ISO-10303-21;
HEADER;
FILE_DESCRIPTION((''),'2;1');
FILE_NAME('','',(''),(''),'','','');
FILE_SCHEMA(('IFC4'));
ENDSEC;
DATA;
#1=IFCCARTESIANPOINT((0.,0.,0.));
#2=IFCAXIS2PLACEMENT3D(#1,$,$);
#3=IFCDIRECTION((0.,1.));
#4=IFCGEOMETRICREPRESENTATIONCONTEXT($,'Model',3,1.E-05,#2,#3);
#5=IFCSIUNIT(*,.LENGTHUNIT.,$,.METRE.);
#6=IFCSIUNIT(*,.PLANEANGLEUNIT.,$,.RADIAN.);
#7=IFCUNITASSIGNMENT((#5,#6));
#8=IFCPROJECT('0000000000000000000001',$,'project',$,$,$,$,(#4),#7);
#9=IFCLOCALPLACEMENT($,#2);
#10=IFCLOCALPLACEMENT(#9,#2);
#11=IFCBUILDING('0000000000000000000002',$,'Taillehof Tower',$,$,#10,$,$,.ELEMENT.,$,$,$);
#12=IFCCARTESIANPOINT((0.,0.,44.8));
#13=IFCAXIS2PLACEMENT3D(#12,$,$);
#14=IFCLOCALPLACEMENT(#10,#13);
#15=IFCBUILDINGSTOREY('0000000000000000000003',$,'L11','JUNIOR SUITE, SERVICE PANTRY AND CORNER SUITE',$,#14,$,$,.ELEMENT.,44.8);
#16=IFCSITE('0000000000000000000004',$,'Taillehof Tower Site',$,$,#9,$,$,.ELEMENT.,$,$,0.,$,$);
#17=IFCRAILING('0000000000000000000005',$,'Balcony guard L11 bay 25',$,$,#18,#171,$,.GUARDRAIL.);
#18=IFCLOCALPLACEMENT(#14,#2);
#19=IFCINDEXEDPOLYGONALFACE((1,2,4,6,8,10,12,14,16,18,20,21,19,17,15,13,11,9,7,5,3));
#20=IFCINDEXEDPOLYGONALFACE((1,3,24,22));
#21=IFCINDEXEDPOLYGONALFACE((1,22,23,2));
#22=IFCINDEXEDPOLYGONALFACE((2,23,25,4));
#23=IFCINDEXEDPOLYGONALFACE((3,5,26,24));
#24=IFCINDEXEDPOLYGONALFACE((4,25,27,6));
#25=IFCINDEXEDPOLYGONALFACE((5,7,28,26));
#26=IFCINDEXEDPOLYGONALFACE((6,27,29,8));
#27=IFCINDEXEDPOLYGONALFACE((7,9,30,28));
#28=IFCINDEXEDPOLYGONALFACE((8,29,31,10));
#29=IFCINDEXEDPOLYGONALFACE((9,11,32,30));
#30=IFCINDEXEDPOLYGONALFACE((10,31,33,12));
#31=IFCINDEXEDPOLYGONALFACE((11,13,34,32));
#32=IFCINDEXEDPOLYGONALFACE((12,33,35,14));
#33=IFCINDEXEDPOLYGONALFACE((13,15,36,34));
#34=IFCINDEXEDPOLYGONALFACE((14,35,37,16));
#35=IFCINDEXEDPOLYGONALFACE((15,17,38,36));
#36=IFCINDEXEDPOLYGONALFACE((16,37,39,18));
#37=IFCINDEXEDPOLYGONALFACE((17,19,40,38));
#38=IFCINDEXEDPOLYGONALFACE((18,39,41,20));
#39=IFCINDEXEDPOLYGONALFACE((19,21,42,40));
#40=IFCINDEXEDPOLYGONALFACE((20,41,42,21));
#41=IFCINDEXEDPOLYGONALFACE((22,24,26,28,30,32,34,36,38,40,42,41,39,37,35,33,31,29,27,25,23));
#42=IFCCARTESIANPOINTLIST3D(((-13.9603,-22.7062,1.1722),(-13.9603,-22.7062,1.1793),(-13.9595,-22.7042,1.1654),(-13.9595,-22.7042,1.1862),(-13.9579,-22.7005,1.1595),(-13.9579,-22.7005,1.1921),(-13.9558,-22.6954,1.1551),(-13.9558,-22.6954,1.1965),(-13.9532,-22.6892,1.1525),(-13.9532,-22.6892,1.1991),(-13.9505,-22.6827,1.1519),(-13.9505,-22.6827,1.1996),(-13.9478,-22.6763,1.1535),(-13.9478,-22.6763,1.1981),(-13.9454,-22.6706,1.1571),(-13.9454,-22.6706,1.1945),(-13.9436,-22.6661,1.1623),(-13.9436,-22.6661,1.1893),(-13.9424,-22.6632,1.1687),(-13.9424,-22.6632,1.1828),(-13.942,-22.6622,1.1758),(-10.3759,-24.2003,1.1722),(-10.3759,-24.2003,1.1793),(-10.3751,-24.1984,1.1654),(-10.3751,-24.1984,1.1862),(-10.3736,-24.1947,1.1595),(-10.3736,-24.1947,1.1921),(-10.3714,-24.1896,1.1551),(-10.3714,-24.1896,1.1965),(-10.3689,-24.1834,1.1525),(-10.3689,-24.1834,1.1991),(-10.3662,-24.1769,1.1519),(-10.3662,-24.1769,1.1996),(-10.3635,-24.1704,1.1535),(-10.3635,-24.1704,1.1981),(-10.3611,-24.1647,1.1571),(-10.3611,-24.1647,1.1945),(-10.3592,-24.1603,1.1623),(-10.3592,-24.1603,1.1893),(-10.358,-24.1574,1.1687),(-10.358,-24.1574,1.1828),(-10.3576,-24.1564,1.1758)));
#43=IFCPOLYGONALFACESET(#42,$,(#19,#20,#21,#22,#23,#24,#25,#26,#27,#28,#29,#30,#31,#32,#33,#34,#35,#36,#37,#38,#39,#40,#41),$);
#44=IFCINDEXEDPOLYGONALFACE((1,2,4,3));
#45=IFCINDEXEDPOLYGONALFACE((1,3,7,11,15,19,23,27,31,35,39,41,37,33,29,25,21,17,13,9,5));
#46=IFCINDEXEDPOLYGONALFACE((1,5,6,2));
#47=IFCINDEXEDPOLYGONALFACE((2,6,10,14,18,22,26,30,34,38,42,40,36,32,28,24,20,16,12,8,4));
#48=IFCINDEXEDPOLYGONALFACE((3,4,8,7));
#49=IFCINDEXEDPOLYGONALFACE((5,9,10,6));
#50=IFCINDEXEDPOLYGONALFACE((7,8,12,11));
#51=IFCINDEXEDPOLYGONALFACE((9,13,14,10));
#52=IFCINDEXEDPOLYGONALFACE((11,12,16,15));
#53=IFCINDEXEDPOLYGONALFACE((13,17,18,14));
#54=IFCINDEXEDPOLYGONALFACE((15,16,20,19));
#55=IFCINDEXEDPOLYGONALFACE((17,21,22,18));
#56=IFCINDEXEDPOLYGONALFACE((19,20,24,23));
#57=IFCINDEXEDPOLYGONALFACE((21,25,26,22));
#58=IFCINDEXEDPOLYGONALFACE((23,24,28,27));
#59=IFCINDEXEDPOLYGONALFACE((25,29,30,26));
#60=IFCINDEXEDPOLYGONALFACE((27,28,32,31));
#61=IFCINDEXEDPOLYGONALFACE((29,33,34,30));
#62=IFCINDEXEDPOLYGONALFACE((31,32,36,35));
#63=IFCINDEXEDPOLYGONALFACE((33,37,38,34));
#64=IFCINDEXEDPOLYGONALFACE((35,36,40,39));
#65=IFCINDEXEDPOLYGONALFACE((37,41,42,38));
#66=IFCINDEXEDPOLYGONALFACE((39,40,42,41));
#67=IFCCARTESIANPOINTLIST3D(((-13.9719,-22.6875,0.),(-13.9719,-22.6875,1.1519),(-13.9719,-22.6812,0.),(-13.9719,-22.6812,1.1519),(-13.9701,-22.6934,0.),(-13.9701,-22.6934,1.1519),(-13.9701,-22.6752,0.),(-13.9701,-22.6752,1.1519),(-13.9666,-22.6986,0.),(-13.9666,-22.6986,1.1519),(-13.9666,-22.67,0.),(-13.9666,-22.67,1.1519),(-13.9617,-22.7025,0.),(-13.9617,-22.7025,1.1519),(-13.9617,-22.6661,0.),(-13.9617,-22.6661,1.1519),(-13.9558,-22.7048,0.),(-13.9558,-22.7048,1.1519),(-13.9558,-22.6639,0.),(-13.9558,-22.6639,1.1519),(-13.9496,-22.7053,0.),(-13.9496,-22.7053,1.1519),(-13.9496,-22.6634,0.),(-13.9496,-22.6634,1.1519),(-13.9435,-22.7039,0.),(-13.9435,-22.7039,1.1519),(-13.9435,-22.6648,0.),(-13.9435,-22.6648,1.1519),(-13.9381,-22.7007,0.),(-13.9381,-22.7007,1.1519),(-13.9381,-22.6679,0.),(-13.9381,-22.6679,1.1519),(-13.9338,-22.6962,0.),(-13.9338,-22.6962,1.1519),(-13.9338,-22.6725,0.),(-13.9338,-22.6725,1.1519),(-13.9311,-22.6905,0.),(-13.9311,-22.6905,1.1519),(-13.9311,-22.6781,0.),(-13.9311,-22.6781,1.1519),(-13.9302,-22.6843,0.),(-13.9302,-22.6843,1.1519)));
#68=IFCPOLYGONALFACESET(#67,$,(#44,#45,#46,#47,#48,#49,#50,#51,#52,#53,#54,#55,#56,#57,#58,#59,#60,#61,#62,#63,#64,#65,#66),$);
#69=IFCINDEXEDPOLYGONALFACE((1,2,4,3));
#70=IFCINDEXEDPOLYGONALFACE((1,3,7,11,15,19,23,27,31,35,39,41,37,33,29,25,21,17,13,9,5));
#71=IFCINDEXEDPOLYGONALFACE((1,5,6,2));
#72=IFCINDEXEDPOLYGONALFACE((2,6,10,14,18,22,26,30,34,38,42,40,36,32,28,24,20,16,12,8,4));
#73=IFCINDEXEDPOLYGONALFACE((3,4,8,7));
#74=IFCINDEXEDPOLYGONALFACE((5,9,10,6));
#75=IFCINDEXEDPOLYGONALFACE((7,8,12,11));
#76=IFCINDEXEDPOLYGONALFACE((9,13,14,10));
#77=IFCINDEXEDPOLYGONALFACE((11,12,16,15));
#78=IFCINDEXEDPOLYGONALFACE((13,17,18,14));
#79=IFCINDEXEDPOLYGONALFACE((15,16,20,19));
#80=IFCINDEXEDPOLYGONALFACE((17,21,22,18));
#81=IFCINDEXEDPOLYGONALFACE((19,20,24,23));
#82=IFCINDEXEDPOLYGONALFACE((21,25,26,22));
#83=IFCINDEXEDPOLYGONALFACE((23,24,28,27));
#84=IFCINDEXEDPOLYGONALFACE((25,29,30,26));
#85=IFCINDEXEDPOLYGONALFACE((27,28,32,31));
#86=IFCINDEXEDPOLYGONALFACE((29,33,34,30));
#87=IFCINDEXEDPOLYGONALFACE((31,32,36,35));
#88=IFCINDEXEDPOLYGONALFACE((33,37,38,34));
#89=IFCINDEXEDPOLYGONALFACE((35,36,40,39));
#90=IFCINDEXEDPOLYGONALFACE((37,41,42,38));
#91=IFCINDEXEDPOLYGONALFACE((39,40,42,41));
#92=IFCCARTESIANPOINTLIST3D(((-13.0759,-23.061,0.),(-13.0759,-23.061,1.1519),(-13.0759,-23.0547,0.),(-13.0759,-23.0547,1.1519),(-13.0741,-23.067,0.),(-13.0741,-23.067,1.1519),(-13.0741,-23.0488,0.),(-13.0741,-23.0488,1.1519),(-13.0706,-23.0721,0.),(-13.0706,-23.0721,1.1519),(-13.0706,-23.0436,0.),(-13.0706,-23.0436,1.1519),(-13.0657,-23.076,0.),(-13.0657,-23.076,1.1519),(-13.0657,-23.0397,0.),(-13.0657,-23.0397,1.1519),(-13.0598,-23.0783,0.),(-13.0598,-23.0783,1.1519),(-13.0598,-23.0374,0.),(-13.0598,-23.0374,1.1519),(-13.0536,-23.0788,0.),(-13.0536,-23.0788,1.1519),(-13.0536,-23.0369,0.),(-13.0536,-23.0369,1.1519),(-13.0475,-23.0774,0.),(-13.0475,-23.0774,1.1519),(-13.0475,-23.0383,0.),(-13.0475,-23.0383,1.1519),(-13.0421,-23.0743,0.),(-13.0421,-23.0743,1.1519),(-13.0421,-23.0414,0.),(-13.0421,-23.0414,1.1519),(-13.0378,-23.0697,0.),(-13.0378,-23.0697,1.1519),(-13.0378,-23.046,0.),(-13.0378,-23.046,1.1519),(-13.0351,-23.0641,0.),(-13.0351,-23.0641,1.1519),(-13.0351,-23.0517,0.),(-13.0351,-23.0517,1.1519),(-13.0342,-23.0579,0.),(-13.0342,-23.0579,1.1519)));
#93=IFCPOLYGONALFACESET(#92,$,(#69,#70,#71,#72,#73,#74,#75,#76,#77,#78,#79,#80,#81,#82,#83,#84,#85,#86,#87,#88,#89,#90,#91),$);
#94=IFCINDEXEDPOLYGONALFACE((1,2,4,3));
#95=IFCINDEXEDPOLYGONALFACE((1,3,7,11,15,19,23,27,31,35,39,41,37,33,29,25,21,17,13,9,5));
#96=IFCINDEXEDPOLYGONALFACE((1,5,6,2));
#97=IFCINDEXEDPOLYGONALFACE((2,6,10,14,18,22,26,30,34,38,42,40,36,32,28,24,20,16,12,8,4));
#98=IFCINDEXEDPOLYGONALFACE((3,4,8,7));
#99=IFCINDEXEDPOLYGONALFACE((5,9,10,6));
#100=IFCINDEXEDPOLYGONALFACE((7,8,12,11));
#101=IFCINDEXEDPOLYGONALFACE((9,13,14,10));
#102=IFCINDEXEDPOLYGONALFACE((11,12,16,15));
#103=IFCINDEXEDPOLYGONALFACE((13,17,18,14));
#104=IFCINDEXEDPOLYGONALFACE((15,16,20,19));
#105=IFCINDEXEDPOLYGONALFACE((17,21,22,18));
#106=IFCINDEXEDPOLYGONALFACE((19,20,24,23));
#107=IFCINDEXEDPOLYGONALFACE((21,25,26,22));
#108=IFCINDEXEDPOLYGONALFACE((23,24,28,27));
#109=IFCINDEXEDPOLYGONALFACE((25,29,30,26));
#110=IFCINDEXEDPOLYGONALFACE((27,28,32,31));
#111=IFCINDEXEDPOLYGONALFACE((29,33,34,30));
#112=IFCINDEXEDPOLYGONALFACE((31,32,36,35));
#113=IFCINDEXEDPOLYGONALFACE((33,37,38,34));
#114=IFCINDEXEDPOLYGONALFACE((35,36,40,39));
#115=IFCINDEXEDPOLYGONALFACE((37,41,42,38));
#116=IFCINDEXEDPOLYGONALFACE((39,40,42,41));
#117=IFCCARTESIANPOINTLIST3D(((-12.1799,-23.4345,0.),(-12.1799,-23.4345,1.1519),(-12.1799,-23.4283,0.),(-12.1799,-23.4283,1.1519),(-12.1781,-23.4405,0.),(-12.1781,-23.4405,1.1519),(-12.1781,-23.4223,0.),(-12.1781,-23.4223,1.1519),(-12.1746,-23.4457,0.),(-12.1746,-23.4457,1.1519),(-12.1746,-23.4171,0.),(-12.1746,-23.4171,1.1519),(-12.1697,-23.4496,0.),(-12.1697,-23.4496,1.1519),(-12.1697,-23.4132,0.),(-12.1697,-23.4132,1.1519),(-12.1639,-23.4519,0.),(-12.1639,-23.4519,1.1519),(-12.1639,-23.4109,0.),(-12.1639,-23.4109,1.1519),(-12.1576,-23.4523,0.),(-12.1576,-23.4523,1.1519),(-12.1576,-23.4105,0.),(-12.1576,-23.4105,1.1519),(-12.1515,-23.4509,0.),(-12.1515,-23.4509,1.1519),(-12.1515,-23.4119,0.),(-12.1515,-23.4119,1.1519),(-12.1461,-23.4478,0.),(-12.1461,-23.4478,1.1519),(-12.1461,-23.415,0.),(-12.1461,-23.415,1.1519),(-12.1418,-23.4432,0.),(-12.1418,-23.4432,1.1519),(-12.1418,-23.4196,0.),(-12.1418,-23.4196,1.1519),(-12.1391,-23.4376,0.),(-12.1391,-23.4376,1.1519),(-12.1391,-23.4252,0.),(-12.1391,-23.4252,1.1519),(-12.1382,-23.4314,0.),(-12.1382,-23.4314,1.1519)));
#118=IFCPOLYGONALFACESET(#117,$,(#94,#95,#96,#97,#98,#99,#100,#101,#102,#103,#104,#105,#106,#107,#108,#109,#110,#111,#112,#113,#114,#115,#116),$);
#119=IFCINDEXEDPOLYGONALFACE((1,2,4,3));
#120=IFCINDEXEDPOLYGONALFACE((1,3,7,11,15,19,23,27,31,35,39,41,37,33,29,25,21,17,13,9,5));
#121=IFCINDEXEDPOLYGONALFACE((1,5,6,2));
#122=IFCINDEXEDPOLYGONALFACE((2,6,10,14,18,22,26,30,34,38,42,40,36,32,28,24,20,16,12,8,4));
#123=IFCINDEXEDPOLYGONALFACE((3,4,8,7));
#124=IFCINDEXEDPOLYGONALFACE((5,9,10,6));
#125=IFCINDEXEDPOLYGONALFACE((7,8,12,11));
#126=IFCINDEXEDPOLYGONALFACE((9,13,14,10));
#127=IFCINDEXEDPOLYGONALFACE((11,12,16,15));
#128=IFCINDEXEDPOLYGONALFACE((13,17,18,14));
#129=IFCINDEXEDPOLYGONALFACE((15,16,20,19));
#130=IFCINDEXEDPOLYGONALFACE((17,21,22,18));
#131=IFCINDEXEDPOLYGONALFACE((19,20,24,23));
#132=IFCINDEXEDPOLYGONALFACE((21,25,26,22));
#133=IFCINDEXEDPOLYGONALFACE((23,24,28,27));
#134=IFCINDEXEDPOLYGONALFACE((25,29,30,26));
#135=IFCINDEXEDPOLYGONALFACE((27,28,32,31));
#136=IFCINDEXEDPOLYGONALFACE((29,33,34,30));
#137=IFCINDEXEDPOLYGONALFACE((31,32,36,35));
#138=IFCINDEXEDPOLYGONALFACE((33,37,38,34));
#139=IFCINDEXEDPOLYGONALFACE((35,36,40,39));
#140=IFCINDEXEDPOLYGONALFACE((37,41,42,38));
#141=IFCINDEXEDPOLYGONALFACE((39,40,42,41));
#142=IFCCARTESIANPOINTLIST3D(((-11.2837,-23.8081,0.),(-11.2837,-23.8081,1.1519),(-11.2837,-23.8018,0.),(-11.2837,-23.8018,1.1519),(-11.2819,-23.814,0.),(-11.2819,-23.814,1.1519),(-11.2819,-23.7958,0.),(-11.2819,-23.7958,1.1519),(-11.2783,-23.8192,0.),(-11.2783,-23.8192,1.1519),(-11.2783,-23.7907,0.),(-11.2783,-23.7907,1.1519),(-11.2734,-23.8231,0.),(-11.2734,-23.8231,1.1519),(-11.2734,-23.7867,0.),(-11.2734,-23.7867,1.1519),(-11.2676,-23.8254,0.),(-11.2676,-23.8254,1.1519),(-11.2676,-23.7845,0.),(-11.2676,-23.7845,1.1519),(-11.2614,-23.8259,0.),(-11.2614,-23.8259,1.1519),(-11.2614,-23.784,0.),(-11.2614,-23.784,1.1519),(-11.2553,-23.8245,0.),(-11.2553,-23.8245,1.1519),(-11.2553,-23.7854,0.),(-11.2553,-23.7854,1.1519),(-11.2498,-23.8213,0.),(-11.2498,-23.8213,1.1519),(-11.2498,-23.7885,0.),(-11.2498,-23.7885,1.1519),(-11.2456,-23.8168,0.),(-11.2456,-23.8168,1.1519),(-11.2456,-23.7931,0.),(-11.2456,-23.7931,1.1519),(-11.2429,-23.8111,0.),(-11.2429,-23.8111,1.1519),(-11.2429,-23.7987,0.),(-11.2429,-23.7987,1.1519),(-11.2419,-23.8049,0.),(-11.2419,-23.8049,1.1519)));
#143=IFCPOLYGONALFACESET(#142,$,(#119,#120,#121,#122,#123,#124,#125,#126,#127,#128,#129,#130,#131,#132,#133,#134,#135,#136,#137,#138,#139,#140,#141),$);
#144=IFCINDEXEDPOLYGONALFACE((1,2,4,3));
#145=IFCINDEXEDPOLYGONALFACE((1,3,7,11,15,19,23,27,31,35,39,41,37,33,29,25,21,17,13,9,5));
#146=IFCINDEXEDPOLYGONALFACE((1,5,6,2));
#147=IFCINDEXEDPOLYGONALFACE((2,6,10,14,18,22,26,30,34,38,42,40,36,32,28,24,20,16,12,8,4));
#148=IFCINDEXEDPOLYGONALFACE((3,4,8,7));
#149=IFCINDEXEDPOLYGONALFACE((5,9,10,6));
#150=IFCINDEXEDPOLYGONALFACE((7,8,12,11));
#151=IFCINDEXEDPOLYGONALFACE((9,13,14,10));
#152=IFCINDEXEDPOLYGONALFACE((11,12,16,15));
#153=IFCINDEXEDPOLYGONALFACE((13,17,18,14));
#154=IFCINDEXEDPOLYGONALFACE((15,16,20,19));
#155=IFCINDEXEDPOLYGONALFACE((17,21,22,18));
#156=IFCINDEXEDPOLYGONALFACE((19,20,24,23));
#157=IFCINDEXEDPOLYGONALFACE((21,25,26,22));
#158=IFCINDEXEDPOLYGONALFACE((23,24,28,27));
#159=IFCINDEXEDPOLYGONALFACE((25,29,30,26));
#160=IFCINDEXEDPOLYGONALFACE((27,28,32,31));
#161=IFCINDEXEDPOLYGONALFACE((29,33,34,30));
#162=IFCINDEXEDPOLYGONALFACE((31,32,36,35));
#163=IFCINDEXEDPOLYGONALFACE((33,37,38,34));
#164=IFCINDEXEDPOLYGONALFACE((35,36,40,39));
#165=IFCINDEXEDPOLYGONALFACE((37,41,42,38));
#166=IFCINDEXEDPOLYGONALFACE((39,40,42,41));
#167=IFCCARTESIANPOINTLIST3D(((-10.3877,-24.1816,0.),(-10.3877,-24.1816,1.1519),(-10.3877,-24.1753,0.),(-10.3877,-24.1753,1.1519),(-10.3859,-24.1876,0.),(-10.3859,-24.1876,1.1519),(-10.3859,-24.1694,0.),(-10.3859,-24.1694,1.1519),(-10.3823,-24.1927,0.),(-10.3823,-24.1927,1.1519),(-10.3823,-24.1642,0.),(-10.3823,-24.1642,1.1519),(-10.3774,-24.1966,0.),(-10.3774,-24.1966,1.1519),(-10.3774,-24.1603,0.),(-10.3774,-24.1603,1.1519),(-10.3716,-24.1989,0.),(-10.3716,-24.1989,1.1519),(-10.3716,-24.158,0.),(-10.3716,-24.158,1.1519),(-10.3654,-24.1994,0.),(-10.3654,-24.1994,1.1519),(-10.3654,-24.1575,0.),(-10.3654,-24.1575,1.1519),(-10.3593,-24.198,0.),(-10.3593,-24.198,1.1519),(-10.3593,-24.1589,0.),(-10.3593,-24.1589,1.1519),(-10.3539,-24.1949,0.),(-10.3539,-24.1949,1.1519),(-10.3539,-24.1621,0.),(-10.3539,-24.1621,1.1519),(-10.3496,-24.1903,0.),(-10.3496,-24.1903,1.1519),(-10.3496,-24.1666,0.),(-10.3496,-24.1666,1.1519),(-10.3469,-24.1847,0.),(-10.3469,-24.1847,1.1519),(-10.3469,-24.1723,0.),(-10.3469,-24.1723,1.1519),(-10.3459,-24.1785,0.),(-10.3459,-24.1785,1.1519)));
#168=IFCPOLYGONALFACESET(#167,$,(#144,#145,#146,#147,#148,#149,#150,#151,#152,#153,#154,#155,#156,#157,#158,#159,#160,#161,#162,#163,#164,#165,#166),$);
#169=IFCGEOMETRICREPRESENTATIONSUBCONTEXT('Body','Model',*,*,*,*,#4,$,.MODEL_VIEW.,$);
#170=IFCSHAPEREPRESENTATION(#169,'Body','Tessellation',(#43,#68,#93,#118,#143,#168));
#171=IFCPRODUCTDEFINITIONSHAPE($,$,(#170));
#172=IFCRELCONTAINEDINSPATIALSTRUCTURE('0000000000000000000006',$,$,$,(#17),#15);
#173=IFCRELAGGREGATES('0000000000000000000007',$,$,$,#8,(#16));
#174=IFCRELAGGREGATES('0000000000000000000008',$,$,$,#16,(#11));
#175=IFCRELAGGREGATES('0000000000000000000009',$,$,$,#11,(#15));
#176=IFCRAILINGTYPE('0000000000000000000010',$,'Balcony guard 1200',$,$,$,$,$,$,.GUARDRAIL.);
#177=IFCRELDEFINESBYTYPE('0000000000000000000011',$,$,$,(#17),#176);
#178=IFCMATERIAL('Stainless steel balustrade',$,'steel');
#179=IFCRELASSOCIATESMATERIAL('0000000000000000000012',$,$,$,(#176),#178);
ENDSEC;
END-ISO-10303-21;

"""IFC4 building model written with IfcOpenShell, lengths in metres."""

from ifc_helpers import new_model, si_unit, direction, frame, origin, origin_2d, place, context, subcontext, project, spatial, circle, extrude, material, type_object, element, save


model = new_model("IFC4")

# Units and contexts
model_context = context("Model", 3, precision=1e-05, world=origin(), true_north=direction((0.0, 1.0)))
body_context = subcontext(model_context, "Body", "Model", "MODEL_VIEW")
ifc_project = project(units=[si_unit("LENGTHUNIT", "METRE"), si_unit("PLANEANGLEUNIT", "RADIAN")], contexts=[model_context])

# Site, building, storey
site_placement = place(None, origin())
site = spatial("IfcSite", under=ifc_project, at=site_placement, Name="Taillehof Tower Site", CompositionType="ELEMENT", RefElevation=0.0)
building_placement = place(site_placement, origin())
building = spatial("IfcBuilding", under=site, at=building_placement, Name="Taillehof Tower", CompositionType="ELEMENT")
storey_placement = place(building_placement, frame((0.0, 0.0, 44.8)))
storey = spatial("IfcBuildingStorey", under=building, at=storey_placement, Name="L11", Description="JUNIOR SUITE, SERVICE PANTRY AND CORNER SUITE", CompositionType="ELEMENT", Elevation=44.8)

# Railing
ifc_material_1 = material(Name="Stainless steel balustrade", Category="steel")
railing_type = type_object("IfcRailingType", Name="Balcony guard 1200", PredefinedType="GUARDRAIL", material=ifc_material_1)
railing_1_placement = place(storey_placement, frame((-13.9512, -22.6843, 0.0)))
element("IfcRailing", 1, at=railing_1_placement, inside=storey, type_object=railing_type, Name="Balcony guard L11 bay 25", PredefinedType="GUARDRAIL", context=body_context, shape_type="SweptSolid", body=[
    extrude(circle(Radius=0.0239, at=origin_2d()), frame((0.0, 0.0, 1.1758), z_axis=(0.923012, -0.384772, 0.0), x_axis=(0.384772, 0.923012, 0.0)), (0.0, 0.0, 1.0), 3.8833),
    extrude(circle(Radius=0.021, at=origin_2d()), origin(), (0.0, 0.0, 1.0), 1.1519),
    extrude(circle(Radius=0.021, at=origin_2d()), frame((0.896, -0.3735, 0.0)), (0.0, 0.0, 1.0), 1.1519),
    extrude(circle(Radius=0.021, at=origin_2d()), frame((1.792, -0.7471, 0.0)), (0.0, 0.0, 1.0), 1.1519),
    extrude(circle(Radius=0.021, at=origin_2d()), frame((2.6882, -1.1206, 0.0)), (0.0, 0.0, 1.0), 1.1519),
    extrude(circle(Radius=0.021, at=origin_2d()), frame((3.5842, -1.4941, 0.0)), (0.0, 0.0, 1.0), 1.1519),
])

save(model, "model.ifc")
